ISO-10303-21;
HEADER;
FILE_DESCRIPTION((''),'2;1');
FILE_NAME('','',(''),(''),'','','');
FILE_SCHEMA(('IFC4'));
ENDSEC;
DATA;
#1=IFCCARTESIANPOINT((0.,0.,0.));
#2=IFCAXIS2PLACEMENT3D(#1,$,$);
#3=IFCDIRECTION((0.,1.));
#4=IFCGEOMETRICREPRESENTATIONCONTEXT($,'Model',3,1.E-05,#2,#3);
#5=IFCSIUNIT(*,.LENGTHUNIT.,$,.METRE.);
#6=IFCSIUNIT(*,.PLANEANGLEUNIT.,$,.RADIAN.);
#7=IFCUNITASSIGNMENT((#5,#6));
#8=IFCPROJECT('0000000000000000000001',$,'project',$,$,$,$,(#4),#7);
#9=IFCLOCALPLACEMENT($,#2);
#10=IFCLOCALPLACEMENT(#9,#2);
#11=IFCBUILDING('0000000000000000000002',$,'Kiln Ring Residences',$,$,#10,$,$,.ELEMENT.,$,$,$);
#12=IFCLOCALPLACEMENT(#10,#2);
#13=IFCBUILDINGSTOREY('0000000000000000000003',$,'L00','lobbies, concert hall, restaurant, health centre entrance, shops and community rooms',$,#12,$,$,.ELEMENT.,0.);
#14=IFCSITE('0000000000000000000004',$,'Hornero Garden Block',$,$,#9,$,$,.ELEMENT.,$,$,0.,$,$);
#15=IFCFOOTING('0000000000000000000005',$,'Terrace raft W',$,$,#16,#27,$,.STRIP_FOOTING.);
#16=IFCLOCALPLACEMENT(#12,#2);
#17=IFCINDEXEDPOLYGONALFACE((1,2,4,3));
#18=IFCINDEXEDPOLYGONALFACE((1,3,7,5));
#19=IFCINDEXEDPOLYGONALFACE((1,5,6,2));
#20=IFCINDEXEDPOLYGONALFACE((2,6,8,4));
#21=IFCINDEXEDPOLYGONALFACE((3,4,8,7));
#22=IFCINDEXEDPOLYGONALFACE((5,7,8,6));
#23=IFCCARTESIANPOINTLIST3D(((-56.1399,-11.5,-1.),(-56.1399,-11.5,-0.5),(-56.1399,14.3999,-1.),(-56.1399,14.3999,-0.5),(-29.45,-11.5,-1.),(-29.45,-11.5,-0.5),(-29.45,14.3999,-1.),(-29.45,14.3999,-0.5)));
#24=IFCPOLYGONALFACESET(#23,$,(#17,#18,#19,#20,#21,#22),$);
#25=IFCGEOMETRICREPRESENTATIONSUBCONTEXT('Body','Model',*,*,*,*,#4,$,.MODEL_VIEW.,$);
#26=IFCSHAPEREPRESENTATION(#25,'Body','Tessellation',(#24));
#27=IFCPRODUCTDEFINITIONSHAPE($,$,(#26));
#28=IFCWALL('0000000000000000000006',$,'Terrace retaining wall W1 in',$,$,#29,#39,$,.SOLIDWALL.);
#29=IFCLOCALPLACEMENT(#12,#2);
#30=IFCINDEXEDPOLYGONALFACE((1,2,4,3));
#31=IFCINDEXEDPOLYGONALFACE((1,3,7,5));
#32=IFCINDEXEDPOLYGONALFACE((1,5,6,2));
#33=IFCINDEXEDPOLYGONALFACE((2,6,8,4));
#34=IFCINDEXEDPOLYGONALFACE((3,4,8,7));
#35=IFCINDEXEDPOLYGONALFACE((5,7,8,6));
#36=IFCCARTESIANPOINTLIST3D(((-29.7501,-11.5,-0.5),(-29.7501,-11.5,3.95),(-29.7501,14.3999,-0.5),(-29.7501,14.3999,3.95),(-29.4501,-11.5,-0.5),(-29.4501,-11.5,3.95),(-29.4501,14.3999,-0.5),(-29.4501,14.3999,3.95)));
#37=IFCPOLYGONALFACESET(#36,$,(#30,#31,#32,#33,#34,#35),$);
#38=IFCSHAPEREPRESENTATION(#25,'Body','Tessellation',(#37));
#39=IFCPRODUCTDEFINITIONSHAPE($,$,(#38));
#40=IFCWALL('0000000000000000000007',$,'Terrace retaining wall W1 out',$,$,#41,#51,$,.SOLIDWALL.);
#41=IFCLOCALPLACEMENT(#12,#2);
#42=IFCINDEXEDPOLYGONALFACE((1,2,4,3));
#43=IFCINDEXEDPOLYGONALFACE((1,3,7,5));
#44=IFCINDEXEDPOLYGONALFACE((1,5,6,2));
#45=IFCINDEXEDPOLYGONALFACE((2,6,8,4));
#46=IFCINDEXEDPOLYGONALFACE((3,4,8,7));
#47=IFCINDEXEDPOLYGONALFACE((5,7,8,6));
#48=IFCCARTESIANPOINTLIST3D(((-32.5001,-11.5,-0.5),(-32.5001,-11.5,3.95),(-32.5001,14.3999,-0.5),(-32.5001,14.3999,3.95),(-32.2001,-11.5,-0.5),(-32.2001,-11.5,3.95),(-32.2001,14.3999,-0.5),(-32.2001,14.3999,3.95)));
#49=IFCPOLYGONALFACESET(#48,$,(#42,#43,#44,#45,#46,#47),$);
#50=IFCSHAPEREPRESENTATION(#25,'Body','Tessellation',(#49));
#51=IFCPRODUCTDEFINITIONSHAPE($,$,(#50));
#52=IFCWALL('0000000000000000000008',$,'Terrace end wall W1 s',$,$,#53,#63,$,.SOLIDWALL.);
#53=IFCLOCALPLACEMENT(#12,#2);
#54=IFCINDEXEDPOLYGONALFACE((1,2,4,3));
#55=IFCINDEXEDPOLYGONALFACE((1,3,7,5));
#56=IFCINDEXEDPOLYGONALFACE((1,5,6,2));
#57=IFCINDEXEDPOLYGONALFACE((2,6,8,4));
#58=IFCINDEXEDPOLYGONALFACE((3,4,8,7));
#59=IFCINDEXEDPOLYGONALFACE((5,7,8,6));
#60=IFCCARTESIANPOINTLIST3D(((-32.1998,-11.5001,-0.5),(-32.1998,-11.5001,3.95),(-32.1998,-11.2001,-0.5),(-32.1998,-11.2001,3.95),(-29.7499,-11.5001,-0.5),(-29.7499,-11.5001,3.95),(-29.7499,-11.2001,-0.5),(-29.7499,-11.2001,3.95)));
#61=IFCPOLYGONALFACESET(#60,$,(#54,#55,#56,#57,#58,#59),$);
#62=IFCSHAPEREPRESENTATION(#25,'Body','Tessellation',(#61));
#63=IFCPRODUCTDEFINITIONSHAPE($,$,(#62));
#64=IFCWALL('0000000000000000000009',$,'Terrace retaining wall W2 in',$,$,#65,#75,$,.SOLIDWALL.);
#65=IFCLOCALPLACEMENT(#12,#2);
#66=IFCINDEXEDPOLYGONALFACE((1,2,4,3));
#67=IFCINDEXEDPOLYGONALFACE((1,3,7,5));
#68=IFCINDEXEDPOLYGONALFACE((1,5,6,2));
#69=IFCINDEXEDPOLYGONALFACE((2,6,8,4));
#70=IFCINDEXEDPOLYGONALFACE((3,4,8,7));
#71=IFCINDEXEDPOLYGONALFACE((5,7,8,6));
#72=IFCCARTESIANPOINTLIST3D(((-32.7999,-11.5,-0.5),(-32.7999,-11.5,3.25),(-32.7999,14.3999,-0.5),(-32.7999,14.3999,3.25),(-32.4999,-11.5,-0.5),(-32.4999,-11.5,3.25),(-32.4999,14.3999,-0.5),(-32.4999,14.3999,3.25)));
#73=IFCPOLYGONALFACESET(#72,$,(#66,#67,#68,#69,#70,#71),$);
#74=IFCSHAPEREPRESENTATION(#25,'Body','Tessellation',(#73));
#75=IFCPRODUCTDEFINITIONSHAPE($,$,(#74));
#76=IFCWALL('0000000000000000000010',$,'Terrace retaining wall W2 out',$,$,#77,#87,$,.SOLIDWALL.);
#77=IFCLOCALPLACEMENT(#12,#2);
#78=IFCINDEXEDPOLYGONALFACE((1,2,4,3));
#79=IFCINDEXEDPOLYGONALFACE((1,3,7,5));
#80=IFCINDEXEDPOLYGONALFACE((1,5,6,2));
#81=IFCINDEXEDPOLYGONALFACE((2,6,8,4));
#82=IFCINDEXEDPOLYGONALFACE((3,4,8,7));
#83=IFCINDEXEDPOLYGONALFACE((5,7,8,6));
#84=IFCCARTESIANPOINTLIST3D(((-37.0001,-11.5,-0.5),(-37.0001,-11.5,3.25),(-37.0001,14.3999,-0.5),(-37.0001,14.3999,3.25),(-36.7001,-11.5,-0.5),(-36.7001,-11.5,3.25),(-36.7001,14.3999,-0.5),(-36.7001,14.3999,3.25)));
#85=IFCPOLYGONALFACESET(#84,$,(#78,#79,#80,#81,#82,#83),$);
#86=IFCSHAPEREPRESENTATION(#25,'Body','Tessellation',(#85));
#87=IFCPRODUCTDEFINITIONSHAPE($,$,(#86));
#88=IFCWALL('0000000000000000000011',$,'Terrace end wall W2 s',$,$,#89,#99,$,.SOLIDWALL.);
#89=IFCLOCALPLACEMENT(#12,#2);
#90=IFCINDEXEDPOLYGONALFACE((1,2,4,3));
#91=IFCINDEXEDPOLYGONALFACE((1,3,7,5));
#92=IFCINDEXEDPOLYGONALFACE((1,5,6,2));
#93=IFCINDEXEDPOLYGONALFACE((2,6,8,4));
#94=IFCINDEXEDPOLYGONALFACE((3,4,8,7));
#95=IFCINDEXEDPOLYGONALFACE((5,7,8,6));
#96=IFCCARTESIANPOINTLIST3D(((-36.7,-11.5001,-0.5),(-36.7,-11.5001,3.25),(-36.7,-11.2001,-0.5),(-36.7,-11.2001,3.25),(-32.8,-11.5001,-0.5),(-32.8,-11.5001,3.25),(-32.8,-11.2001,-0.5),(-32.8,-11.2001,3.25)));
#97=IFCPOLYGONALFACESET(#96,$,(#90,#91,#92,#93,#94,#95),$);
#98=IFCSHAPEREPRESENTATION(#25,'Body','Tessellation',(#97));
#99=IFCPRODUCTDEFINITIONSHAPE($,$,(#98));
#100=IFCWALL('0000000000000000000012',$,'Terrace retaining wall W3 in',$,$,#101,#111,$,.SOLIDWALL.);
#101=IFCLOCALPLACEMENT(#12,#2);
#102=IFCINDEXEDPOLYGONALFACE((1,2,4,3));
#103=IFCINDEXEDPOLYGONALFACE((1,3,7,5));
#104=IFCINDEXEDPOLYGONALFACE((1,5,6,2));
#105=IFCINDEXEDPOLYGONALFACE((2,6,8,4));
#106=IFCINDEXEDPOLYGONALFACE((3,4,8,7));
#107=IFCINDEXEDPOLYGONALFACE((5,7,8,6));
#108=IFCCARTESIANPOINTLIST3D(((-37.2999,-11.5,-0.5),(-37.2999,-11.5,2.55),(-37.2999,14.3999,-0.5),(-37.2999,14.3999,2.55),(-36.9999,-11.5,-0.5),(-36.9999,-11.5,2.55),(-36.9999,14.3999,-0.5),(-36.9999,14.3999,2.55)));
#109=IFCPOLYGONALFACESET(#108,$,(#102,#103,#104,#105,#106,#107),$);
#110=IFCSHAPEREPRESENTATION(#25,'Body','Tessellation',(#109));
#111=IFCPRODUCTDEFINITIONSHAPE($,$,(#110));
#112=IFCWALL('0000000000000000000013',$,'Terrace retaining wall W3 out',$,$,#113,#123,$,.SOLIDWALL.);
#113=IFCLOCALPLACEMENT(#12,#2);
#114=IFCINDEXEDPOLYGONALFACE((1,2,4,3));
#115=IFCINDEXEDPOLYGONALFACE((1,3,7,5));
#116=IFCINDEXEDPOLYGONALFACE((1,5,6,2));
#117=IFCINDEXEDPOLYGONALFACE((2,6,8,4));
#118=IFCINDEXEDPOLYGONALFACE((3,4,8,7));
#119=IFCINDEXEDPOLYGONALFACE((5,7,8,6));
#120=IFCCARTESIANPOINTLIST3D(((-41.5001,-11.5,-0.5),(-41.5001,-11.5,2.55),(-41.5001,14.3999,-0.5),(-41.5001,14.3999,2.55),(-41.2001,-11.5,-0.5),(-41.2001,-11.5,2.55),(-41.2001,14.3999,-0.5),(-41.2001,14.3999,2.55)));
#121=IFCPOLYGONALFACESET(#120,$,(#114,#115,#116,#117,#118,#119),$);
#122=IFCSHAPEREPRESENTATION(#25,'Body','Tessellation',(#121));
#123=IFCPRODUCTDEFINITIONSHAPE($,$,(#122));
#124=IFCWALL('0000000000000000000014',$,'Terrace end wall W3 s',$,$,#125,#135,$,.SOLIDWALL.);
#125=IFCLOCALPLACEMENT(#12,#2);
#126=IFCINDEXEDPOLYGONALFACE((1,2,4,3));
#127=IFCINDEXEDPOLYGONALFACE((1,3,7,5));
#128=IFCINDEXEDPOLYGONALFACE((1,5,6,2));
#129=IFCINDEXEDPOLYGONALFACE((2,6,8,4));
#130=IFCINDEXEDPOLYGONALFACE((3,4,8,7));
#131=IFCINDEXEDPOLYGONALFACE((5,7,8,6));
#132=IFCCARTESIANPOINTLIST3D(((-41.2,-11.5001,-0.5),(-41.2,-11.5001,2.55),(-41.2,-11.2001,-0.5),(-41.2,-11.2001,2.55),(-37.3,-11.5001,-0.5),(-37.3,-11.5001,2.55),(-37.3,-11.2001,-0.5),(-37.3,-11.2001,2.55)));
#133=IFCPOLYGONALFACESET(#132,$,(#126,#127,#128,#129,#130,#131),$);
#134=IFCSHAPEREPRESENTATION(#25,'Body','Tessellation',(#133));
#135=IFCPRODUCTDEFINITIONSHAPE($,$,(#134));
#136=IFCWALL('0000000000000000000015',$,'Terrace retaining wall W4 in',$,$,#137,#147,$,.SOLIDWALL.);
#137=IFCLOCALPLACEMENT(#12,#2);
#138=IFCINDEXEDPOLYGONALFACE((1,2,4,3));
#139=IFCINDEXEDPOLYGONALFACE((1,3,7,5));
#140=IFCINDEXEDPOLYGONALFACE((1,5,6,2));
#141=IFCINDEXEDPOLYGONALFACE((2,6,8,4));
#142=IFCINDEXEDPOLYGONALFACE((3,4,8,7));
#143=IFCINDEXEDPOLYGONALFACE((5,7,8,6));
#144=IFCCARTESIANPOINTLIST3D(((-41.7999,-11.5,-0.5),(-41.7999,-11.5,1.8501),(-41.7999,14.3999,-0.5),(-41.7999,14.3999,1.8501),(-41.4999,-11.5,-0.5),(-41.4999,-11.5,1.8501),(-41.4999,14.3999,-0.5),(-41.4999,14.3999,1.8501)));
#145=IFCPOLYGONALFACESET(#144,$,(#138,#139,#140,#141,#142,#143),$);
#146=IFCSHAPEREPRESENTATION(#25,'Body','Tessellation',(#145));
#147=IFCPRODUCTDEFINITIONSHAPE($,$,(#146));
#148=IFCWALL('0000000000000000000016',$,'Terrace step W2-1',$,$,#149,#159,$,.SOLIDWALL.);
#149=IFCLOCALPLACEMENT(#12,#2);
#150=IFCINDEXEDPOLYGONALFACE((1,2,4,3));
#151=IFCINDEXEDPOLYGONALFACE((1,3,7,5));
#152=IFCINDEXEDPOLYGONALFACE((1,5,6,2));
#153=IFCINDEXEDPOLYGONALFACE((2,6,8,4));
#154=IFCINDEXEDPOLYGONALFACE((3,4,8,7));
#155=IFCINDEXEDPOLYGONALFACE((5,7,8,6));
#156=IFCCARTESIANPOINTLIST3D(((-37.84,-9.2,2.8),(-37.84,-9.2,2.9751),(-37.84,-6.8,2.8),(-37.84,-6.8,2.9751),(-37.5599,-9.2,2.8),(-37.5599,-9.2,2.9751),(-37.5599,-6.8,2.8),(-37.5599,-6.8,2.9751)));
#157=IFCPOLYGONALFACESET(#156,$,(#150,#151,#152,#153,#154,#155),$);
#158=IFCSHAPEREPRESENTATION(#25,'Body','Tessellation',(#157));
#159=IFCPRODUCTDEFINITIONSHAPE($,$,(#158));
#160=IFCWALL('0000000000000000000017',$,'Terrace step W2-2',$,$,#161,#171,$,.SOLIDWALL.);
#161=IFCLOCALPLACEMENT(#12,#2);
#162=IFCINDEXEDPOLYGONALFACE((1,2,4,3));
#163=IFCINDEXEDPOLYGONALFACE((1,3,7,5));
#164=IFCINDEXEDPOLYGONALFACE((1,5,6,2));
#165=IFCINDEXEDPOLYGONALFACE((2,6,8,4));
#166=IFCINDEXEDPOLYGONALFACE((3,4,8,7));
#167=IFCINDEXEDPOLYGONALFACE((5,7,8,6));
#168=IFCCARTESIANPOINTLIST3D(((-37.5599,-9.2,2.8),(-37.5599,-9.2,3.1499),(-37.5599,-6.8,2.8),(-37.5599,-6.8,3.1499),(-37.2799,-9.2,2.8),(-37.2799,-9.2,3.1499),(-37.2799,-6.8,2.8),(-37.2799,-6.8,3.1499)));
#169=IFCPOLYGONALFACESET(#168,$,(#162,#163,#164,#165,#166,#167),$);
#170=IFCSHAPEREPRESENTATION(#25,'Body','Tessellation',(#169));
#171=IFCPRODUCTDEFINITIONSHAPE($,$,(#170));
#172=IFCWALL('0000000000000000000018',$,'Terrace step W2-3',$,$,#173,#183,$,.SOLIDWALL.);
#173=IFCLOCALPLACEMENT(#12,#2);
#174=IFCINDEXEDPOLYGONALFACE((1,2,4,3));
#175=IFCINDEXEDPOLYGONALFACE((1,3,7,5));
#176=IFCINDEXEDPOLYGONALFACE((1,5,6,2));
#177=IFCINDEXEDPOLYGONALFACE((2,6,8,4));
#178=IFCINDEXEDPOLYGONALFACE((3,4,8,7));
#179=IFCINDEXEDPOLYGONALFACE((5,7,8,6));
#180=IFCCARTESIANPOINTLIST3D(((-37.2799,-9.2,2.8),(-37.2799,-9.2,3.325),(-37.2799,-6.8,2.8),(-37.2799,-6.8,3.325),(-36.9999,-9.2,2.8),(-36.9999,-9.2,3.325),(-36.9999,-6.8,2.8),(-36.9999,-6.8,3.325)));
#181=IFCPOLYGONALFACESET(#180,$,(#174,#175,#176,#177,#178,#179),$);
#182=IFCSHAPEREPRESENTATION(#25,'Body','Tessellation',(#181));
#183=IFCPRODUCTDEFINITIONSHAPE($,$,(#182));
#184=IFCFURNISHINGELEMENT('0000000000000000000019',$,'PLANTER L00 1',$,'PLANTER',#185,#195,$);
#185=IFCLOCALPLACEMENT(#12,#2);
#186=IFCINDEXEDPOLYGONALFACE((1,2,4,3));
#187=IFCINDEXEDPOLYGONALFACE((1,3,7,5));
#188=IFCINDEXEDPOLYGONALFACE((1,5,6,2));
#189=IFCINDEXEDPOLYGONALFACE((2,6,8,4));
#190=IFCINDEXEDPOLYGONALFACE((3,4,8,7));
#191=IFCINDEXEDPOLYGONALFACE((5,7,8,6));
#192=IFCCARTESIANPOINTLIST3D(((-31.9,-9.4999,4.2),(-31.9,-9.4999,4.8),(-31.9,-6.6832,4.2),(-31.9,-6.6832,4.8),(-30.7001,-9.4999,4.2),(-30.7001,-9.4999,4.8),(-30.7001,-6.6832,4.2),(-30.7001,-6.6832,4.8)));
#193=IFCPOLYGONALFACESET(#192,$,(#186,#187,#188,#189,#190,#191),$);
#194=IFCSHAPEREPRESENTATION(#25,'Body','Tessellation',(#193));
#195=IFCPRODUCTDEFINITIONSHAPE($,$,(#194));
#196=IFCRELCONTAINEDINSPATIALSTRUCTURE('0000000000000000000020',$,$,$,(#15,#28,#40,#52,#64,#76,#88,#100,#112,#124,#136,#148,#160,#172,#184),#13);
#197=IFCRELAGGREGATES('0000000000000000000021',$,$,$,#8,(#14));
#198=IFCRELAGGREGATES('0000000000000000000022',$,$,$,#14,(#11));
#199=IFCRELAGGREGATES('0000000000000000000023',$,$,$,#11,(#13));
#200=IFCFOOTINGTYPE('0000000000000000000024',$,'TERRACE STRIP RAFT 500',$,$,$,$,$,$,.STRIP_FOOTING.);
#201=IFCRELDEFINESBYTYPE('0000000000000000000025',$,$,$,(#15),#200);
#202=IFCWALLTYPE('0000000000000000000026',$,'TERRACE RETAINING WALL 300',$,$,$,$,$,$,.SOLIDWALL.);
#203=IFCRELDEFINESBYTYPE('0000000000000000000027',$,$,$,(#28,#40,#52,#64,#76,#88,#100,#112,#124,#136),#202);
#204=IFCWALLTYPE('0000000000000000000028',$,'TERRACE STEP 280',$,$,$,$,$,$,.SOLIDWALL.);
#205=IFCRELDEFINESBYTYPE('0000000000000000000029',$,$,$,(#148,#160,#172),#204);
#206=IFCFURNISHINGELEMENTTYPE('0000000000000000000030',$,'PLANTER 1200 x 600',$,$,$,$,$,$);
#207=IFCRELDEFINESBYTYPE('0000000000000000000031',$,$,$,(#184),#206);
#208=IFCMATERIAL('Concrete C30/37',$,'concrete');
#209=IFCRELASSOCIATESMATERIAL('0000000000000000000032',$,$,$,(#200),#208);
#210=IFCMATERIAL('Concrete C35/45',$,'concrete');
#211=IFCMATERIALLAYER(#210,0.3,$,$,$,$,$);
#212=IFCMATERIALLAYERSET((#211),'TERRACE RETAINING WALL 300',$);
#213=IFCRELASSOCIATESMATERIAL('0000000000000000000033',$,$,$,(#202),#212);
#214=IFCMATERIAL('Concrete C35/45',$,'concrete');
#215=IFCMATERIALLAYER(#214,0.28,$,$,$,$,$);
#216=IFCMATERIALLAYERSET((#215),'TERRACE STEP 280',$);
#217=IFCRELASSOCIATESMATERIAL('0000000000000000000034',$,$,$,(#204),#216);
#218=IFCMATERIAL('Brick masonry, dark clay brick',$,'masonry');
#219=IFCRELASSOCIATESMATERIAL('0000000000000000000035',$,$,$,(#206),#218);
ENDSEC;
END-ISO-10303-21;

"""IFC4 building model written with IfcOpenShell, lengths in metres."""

from ifc_helpers import new_model, si_unit, direction, frame, frame_2d, origin, origin_2d, place, context, subcontext, project, spatial, rectangle, extrude, material, layer, layer_set, type_object, element, save


model = new_model("IFC4")

# Units and contexts
model_context = context("Model", 3, precision=1e-05, world=origin(), true_north=direction((0.0, 1.0)))
body_context = subcontext(model_context, "Body", "Model", "MODEL_VIEW")
ifc_project = project(units=[si_unit("LENGTHUNIT", "METRE"), si_unit("PLANEANGLEUNIT", "RADIAN")], contexts=[model_context])

# Site, building, storey
site_placement = place(None, origin())
site = spatial("IfcSite", under=ifc_project, at=site_placement, Name="Hornero Garden Block", CompositionType="ELEMENT", RefElevation=0.0)
building_placement = place(site_placement, origin())
building = spatial("IfcBuilding", under=site, at=building_placement, Name="Kiln Ring Residences", CompositionType="ELEMENT")
storey_placement = place(building_placement, origin())
storey = spatial("IfcBuildingStorey", under=building, at=storey_placement, Name="L00", Description="lobbies, concert hall, restaurant, health centre entrance, shops and community rooms", CompositionType="ELEMENT", Elevation=0.0)

# Footing
ifc_material_1 = material(Name="Concrete C30/37", Category="concrete")
footing_type = type_object("IfcFootingType", Name="TERRACE STRIP RAFT 500", PredefinedType="STRIP_FOOTING", material=ifc_material_1)
footing_placement = place(storey_placement, frame((-42.7949, 1.45, -1.0), z_axis=(0.0, 0.0, 1.0), x_axis=(1.0, 0.0, 0.0)))
element("IfcFooting", 1, at=footing_placement, inside=storey, type_object=footing_type, Name="Terrace raft W", PredefinedType="STRIP_FOOTING", context=body_context, shape_type="SweptSolid", body=[
    extrude(rectangle(XDim=26.6899, YDim=25.8999, at=origin_2d()), origin(), (0.0, 0.0, 1.0), 0.5),
])

# Walls
ifc_material_2 = material(Name="Concrete C35/45", Category="concrete")
ifc_layer_1 = layer(ifc_material_2, 0.3)
ifc_layer_set_1 = layer_set([ifc_layer_1], Name="TERRACE RETAINING WALL 300")
wall_type_1 = type_object("IfcWallType", Name="TERRACE RETAINING WALL 300", PredefinedType="SOLIDWALL", material=ifc_layer_set_1)
for number, where, z_axis, x_axis, name in (
    (2, (-29.6001, -11.5, -0.5), (0.0, 0.0, 1.0), (0.0, 1.0, 0.0), "Terrace retaining wall W1 in"),
    (3, (-32.3501, -11.5, -0.5), (0.0, 0.0, 1.0), (0.0, 1.0, 0.0), "Terrace retaining wall W1 out"),
):
    element("IfcWall", number, at=place(storey_placement, frame(where, z_axis=z_axis, x_axis=x_axis)), inside=storey, type_object=wall_type_1, Name=name, PredefinedType="SOLIDWALL", context=body_context, shape_type="SweptSolid", body=[
        extrude(rectangle(XDim=25.8999, YDim=0.3, at=frame_2d((12.95, 0.0))), origin(), (0.0, 0.0, 1.0), 4.45),
    ])
wall_1_placement = place(storey_placement, frame((-32.2, -11.3501, -0.5), z_axis=(0.0, 0.0, 1.0), x_axis=(1.0, 0.0, 0.0)))
element("IfcWall", 4, at=wall_1_placement, inside=storey, type_object=wall_type_1, Name="Terrace end wall W1 s", PredefinedType="SOLIDWALL", context=body_context, shape_type="SweptSolid", body=[
    extrude(rectangle(XDim=2.45, YDim=0.3, at=frame_2d((1.2251, 0.0))), origin(), (0.0, 0.0, 1.0), 4.45),
])
for number, where, z_axis, x_axis, name in (
    (5, (-32.6499, -11.5, -0.5), (0.0, 0.0, 1.0), (0.0, 1.0, 0.0), "Terrace retaining wall W2 in"),
    (6, (-36.8501, -11.5, -0.5), (0.0, 0.0, 1.0), (0.0, 1.0, 0.0), "Terrace retaining wall W2 out"),
):
    element("IfcWall", number, at=place(storey_placement, frame(where, z_axis=z_axis, x_axis=x_axis)), inside=storey, type_object=wall_type_1, Name=name, PredefinedType="SOLIDWALL", context=body_context, shape_type="SweptSolid", body=[
        extrude(rectangle(XDim=25.8999, YDim=0.3, at=frame_2d((12.95, 0.0))), origin(), (0.0, 0.0, 1.0), 3.75),
    ])
wall_2_placement = place(storey_placement, frame((-36.7, -11.3501, -0.5), z_axis=(0.0, 0.0, 1.0), x_axis=(1.0, 0.0, 0.0)))
element("IfcWall", 7, at=wall_2_placement, inside=storey, type_object=wall_type_1, Name="Terrace end wall W2 s", PredefinedType="SOLIDWALL", context=body_context, shape_type="SweptSolid", body=[
    extrude(rectangle(XDim=3.8999, YDim=0.3, at=frame_2d((1.95, 0.0))), origin(), (0.0, 0.0, 1.0), 3.75),
])
for number, where, z_axis, x_axis, name in (
    (8, (-37.1499, -11.5, -0.5), (0.0, 0.0, 1.0), (0.0, 1.0, 0.0), "Terrace retaining wall W3 in"),
    (9, (-41.3501, -11.5, -0.5), (0.0, 0.0, 1.0), (0.0, 1.0, 0.0), "Terrace retaining wall W3 out"),
):
    element("IfcWall", number, at=place(storey_placement, frame(where, z_axis=z_axis, x_axis=x_axis)), inside=storey, type_object=wall_type_1, Name=name, PredefinedType="SOLIDWALL", context=body_context, shape_type="SweptSolid", body=[
        extrude(rectangle(XDim=25.8999, YDim=0.3, at=frame_2d((12.95, 0.0))), origin(), (0.0, 0.0, 1.0), 3.05),
    ])
wall_3_placement = place(storey_placement, frame((-41.2, -11.3501, -0.5), z_axis=(0.0, 0.0, 1.0), x_axis=(1.0, 0.0, 0.0)))
element("IfcWall", 10, at=wall_3_placement, inside=storey, type_object=wall_type_1, Name="Terrace end wall W3 s", PredefinedType="SOLIDWALL", context=body_context, shape_type="SweptSolid", body=[
    extrude(rectangle(XDim=3.8999, YDim=0.3, at=frame_2d((1.95, 0.0))), origin(), (0.0, 0.0, 1.0), 3.05),
])
wall_4_placement = place(storey_placement, frame((-41.6499, -11.5, -0.5), z_axis=(0.0, 0.0, 1.0), x_axis=(0.0, 1.0, 0.0)))
element("IfcWall", 11, at=wall_4_placement, inside=storey, type_object=wall_type_1, Name="Terrace retaining wall W4 in", PredefinedType="SOLIDWALL", context=body_context, shape_type="SweptSolid", body=[
    extrude(rectangle(XDim=25.8999, YDim=0.3, at=frame_2d((12.95, 0.0))), origin(), (0.0, 0.0, 1.0), 2.3501),
])
ifc_material_3 = material(Name="Concrete C35/45", Category="concrete")
ifc_layer_2 = layer(ifc_material_3, 0.28)
ifc_layer_set_2 = layer_set([ifc_layer_2], Name="TERRACE STEP 280")
wall_type_2 = type_object("IfcWallType", Name="TERRACE STEP 280", PredefinedType="SOLIDWALL", material=ifc_layer_set_2)
wall_5_placement = place(storey_placement, frame((-37.7, -9.2, 2.8), z_axis=(0.0, 0.0, 1.0), x_axis=(0.0, 1.0, 0.0)))
element("IfcWall", 12, at=wall_5_placement, inside=storey, type_object=wall_type_2, Name="Terrace step W2-1", PredefinedType="SOLIDWALL", context=body_context, shape_type="SweptSolid", body=[
    extrude(rectangle(XDim=2.3999, YDim=0.28, at=frame_2d((1.2, 0.0))), origin(), (0.0, 0.0, 1.0), 0.175),
])
wall_6_placement = place(storey_placement, frame((-37.4199, -9.2, 2.8), z_axis=(0.0, 0.0, 1.0), x_axis=(0.0, 1.0, 0.0)))
element("IfcWall", 13, at=wall_6_placement, inside=storey, type_object=wall_type_2, Name="Terrace step W2-2", PredefinedType="SOLIDWALL", context=body_context, shape_type="SweptSolid", body=[
    extrude(rectangle(XDim=2.3999, YDim=0.28, at=frame_2d((1.2, 0.0))), origin(), (0.0, 0.0, 1.0), 0.3499),
])
wall_7_placement = place(storey_placement, frame((-37.1399, -9.2, 2.8), z_axis=(0.0, 0.0, 1.0), x_axis=(0.0, 1.0, 0.0)))
element("IfcWall", 14, at=wall_7_placement, inside=storey, type_object=wall_type_2, Name="Terrace step W2-3", PredefinedType="SOLIDWALL", context=body_context, shape_type="SweptSolid", body=[
    extrude(rectangle(XDim=2.3999, YDim=0.28, at=frame_2d((1.2, 0.0))), origin(), (0.0, 0.0, 1.0), 0.5249),
])

# Furnishing element
ifc_material_4 = material(Name="Brick masonry, dark clay brick", Category="masonry")
furnishing_element_type = type_object("IfcFurnishingElementType", Name="PLANTER 1200 x 600", material=ifc_material_4)
for number, where, z_axis, x_axis, name in (
    (15, (-31.3, -8.0916, 4.2), (0.0, 0.0, 1.0), (1.0, 0.0, 0.0), "PLANTER L00 1"),
):
    element("IfcFurnishingElement", number, at=place(storey_placement, frame(where, z_axis=z_axis, x_axis=x_axis)), inside=storey, type_object=furnishing_element_type, Name=name, ObjectType="PLANTER", context=body_context, shape_type="SweptSolid", body=[
        extrude(rectangle(XDim=1.2, YDim=2.8167, at=origin_2d()), origin(), (0.0, 0.0, 1.0), 0.6001),
    ])

save(model, "model.ifc")
